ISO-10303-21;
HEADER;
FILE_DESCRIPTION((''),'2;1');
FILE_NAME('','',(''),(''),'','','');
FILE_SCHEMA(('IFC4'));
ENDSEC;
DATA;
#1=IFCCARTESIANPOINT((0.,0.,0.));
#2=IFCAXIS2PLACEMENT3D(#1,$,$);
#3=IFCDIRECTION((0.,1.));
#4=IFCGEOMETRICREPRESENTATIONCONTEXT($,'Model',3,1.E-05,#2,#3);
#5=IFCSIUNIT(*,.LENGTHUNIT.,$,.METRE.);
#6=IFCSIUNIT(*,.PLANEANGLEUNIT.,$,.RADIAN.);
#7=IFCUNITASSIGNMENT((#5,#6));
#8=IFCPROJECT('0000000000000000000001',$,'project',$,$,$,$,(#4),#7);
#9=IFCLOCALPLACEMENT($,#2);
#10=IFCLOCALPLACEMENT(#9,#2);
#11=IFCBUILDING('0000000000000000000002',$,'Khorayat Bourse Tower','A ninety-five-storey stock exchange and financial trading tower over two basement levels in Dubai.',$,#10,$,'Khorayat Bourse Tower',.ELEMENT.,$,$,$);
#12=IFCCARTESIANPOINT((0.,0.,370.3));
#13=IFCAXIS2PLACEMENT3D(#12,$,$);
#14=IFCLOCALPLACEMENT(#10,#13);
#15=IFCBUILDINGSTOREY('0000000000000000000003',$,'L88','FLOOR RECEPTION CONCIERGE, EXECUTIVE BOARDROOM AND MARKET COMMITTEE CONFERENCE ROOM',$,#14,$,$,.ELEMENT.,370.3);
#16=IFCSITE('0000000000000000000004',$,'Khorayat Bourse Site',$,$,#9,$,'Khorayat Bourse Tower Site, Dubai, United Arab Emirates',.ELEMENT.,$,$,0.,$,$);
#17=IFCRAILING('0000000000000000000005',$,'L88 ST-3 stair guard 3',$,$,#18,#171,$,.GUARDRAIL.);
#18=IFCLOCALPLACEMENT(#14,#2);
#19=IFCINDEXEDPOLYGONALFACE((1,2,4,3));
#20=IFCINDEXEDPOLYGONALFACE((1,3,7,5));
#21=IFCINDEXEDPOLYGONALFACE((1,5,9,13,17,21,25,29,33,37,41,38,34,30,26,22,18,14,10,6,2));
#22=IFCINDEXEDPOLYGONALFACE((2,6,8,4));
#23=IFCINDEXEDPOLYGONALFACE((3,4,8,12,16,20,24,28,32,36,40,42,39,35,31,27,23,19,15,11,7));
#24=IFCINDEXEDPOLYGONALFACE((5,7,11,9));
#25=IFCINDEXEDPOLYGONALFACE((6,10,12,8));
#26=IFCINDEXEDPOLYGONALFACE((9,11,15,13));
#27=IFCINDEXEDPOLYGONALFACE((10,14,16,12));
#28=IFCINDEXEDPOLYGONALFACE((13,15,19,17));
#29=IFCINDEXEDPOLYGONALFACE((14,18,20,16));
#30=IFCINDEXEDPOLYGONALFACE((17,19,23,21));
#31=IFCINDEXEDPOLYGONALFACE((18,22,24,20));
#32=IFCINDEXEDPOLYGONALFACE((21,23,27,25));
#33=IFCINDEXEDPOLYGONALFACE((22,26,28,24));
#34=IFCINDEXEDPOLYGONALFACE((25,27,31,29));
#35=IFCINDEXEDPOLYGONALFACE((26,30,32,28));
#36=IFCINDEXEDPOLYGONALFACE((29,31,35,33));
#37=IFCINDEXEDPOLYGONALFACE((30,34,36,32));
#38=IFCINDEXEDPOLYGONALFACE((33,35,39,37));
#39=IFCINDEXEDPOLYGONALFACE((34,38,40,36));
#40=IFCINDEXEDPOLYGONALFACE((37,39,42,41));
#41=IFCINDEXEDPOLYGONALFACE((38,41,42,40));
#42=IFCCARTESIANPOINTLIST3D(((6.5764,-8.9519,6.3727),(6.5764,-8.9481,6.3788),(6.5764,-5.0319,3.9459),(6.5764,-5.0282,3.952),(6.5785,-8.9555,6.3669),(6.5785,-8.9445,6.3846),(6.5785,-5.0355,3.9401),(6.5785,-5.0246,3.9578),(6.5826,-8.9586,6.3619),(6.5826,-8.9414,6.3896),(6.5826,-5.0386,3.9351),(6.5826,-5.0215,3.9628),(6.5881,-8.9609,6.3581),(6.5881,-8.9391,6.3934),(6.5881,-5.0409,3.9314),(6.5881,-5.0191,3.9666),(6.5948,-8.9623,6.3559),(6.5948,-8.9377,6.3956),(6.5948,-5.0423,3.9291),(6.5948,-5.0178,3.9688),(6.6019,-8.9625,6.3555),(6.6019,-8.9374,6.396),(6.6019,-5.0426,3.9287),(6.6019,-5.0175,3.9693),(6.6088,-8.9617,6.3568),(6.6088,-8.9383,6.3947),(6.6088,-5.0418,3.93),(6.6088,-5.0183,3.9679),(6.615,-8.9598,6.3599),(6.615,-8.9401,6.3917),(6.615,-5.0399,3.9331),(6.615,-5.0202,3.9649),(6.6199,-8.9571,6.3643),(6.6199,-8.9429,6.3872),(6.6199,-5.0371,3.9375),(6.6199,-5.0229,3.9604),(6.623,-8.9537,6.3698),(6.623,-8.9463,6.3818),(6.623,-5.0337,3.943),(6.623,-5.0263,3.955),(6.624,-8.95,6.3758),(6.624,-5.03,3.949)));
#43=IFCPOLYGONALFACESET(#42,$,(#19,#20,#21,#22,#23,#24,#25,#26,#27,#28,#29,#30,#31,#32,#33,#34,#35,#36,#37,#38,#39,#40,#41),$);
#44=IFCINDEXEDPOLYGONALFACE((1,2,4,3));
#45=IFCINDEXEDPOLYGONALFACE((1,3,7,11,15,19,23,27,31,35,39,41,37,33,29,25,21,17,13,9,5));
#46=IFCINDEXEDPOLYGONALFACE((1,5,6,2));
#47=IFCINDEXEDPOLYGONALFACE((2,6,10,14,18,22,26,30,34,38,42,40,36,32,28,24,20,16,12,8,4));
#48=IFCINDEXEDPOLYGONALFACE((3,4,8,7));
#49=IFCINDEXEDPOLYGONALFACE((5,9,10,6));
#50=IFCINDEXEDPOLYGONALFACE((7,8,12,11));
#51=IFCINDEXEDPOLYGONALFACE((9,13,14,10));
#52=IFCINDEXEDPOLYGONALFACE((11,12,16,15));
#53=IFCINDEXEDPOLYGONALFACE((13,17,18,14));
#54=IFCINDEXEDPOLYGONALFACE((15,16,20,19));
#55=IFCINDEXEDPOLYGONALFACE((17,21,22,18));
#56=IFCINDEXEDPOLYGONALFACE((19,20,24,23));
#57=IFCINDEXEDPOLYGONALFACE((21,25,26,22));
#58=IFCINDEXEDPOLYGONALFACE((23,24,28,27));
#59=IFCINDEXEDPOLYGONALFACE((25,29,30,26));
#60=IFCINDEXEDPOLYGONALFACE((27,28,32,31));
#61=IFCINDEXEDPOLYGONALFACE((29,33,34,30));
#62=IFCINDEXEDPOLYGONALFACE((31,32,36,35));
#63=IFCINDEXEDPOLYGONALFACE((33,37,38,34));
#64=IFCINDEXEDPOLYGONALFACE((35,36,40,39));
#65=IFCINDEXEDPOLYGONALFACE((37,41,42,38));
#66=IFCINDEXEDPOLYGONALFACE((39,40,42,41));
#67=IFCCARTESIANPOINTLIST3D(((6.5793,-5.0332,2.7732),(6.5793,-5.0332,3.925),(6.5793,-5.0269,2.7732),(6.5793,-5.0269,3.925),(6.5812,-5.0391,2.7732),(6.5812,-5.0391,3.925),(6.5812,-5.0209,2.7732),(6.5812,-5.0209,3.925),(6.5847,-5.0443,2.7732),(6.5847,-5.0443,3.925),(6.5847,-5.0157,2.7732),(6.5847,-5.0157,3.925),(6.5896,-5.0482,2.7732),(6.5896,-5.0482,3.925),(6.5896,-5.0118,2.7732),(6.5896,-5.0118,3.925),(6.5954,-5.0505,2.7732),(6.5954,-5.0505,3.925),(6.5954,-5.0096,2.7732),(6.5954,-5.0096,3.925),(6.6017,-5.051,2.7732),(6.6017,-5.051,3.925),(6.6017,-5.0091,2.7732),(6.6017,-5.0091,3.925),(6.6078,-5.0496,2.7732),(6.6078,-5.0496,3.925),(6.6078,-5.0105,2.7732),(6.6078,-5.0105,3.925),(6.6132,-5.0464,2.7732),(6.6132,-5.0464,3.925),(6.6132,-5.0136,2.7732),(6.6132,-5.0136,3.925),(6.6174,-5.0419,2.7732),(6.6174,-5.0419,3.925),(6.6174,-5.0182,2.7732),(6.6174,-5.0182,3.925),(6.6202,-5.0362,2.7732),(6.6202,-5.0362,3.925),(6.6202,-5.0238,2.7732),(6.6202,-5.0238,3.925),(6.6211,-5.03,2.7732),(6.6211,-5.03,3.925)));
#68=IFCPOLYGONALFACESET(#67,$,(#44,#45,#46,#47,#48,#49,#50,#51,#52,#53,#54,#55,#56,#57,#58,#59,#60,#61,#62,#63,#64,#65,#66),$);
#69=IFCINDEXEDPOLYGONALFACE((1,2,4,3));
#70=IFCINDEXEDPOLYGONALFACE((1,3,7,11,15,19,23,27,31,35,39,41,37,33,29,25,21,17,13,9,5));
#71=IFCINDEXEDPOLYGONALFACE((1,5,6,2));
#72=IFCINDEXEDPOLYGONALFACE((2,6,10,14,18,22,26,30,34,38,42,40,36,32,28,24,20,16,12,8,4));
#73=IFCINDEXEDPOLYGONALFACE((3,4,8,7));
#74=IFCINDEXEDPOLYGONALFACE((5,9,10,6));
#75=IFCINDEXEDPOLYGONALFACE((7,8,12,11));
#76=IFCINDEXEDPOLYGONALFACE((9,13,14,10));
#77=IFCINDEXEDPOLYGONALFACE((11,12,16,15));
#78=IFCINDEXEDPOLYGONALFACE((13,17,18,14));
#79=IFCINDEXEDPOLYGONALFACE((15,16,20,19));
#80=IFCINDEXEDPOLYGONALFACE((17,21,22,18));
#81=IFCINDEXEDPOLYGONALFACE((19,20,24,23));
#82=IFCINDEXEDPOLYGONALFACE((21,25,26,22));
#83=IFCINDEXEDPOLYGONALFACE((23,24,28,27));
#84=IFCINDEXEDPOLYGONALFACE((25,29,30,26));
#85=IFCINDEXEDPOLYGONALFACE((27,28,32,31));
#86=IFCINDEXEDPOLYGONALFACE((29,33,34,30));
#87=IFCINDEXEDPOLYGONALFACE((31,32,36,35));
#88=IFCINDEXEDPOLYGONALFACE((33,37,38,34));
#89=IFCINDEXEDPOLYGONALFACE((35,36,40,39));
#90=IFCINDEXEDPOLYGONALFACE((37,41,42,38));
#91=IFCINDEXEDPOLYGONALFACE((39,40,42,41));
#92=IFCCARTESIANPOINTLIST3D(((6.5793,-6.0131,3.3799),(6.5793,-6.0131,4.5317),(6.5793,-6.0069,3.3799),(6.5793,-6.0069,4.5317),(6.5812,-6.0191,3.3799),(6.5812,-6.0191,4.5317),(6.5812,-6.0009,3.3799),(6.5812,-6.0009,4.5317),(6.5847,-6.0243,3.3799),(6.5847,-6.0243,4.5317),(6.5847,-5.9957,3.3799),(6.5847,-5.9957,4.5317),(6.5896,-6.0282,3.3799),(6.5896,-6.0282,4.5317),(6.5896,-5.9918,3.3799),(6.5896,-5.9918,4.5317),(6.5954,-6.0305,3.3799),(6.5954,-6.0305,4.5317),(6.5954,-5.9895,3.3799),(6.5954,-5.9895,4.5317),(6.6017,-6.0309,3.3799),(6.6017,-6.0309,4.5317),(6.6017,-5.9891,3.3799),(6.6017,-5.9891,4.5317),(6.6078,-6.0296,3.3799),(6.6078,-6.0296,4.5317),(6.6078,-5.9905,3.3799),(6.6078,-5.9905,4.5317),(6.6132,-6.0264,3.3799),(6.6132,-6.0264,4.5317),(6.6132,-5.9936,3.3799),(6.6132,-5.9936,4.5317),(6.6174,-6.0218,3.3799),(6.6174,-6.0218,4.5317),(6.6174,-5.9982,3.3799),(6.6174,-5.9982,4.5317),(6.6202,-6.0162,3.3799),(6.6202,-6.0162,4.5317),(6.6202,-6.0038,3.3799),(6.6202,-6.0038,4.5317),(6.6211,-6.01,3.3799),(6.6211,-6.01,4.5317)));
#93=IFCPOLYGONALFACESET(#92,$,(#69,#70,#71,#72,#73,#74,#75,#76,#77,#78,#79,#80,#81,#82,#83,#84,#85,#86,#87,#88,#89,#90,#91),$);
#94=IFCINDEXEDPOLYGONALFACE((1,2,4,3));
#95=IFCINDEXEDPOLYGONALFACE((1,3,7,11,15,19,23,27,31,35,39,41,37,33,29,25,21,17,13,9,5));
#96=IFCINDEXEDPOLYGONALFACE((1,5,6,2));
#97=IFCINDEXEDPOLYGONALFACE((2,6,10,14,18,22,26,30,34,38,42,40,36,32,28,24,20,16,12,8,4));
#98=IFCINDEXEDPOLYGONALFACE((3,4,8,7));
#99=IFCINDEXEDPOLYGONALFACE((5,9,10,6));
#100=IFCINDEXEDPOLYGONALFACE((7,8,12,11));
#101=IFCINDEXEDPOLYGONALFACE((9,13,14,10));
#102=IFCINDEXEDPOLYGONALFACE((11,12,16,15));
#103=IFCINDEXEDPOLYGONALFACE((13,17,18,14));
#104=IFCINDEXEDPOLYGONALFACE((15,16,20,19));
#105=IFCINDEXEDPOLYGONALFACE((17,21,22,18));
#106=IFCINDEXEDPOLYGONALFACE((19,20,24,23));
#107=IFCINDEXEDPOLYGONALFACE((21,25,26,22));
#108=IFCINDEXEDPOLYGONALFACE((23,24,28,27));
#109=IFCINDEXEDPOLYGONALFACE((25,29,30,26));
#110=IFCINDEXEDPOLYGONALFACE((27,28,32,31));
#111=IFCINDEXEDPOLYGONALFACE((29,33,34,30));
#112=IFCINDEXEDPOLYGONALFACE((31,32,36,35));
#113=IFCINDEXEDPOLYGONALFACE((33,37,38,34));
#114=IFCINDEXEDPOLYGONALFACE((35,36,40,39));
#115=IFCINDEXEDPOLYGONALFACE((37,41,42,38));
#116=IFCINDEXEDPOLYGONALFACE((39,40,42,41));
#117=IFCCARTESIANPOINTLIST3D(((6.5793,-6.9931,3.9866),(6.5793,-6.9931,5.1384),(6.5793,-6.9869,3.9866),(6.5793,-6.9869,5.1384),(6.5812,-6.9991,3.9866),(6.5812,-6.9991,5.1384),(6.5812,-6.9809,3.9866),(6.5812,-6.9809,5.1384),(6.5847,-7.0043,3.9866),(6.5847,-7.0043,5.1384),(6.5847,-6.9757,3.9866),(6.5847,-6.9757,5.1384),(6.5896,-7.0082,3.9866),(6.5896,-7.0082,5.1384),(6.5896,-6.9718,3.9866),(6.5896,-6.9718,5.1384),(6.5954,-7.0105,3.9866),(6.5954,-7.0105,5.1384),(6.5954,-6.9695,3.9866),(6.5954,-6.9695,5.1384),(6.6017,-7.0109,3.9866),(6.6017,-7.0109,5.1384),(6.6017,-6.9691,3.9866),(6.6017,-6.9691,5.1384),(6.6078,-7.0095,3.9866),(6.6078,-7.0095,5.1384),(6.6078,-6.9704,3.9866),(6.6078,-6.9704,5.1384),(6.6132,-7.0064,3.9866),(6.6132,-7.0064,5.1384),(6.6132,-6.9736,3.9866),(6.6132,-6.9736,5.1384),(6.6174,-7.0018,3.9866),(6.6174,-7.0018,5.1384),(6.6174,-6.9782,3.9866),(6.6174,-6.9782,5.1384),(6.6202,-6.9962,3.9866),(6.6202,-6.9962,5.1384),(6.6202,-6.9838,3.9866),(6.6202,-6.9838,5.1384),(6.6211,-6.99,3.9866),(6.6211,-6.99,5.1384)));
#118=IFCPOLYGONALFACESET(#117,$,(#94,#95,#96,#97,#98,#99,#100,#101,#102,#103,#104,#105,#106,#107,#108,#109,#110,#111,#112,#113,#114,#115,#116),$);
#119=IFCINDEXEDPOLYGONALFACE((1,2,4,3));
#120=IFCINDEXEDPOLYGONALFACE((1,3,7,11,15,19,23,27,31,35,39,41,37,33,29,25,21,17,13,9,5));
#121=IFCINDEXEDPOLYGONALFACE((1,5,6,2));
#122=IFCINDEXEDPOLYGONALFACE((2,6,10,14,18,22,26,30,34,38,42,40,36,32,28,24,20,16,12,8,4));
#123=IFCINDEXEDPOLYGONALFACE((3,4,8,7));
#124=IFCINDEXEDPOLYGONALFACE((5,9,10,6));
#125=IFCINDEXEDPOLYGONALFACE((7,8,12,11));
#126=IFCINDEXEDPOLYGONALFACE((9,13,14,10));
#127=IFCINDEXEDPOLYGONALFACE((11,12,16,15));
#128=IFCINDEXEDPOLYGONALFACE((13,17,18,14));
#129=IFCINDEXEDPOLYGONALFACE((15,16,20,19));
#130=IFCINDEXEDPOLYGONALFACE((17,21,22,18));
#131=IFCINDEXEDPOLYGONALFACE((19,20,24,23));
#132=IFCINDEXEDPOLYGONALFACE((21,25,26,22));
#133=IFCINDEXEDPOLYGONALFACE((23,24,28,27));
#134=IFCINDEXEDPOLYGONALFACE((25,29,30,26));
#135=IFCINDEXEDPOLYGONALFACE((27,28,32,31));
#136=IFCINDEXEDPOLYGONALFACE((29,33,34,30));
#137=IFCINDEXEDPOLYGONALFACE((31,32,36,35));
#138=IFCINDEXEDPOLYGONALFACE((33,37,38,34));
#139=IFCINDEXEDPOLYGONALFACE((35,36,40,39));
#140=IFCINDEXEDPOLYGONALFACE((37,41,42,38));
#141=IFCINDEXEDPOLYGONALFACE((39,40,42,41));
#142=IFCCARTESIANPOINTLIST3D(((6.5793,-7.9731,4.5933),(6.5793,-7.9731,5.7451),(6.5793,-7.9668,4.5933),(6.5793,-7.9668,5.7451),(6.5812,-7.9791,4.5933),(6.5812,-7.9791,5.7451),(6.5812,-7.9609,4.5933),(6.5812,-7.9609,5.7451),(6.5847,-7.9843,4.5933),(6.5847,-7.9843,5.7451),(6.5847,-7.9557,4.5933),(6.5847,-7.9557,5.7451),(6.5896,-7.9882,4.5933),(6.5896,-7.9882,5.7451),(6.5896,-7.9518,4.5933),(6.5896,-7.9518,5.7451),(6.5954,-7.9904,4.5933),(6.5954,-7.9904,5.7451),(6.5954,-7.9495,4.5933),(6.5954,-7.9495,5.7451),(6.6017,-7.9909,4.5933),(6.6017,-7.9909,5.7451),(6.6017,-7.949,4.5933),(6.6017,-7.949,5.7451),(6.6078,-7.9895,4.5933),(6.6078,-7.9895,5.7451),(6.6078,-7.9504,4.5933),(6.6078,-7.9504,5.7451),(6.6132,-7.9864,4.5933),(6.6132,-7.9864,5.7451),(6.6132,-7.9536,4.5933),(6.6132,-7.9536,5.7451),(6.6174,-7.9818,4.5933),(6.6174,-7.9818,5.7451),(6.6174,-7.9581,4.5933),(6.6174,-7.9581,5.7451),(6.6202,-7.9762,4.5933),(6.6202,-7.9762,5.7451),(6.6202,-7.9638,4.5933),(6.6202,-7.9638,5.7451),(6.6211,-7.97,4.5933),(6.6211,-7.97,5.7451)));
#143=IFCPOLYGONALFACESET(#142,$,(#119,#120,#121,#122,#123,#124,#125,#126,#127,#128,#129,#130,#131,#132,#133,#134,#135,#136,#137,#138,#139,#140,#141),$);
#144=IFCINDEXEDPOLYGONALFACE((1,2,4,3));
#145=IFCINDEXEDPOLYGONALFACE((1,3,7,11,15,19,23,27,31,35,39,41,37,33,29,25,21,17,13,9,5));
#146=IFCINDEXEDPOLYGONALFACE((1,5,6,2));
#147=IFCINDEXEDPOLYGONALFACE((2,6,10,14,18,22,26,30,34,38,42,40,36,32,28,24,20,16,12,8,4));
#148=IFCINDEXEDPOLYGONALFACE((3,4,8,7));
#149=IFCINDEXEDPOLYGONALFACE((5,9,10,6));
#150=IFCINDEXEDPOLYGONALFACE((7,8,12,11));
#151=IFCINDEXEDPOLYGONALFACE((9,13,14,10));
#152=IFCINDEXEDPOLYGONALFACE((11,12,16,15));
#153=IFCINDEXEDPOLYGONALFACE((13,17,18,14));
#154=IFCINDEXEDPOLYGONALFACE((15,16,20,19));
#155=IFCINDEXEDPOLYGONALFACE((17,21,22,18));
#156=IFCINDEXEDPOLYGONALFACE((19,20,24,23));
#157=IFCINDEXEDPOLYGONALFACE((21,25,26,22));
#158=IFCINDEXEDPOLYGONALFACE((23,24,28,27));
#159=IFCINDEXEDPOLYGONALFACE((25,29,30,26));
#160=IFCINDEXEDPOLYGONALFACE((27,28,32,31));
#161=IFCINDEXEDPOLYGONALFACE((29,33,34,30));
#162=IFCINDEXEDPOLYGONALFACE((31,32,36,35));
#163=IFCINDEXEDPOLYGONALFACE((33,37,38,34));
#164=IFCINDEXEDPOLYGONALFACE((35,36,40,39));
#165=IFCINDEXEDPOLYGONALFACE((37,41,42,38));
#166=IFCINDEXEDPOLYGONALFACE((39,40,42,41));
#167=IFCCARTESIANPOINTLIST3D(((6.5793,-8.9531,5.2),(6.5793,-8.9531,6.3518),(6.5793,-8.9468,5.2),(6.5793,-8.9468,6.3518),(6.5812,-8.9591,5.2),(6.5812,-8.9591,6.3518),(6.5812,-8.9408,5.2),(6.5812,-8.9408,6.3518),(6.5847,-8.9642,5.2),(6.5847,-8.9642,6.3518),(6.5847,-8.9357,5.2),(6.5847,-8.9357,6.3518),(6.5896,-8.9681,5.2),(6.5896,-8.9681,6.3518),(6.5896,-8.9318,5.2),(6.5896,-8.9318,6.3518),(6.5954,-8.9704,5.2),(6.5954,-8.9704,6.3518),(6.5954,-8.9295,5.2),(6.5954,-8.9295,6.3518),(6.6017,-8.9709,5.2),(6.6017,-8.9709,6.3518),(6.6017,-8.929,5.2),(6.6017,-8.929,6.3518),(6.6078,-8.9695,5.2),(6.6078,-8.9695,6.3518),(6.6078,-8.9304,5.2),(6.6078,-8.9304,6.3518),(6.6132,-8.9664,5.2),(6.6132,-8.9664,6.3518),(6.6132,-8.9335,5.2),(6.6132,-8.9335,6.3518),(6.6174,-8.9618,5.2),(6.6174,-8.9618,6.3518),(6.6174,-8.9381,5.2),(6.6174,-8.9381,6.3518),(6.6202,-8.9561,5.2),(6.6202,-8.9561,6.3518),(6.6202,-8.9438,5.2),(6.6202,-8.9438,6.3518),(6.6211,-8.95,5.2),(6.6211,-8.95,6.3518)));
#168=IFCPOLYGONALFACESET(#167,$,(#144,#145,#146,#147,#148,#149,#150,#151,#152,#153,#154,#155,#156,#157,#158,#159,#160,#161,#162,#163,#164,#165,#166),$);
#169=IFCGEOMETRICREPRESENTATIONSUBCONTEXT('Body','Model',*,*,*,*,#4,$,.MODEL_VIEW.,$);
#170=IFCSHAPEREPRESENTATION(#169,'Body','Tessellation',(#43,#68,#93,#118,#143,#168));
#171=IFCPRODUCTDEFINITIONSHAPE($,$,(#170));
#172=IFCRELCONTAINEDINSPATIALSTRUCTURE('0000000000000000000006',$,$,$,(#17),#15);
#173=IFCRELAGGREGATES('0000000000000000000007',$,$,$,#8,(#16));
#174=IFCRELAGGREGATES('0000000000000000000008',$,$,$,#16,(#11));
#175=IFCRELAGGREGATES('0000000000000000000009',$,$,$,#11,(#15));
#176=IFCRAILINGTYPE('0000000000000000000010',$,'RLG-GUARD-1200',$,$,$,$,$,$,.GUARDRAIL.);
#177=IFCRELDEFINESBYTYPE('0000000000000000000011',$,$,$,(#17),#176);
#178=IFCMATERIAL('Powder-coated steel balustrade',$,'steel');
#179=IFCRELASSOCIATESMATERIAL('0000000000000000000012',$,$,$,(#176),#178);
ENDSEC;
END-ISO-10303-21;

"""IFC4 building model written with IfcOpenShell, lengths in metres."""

from ifc_helpers import new_model, si_unit, direction, frame, origin, origin_2d, place, context, subcontext, project, spatial, circle, extrude, source, transform, mapped, material, type_object, element, save


model = new_model("IFC4")

# Units and contexts
model_context = context("Model", 3, precision=1e-05, world=origin(), true_north=direction((0.0, 1.0)))
body_context = subcontext(model_context, "Body", "Model", "MODEL_VIEW")
ifc_project = project(units=[si_unit("LENGTHUNIT", "METRE"), si_unit("PLANEANGLEUNIT", "RADIAN")], contexts=[model_context])

# Site, building, storey
site_placement = place(None, origin())
site = spatial("IfcSite", under=ifc_project, at=site_placement, Name="Khorayat Bourse Site", LongName="Khorayat Bourse Tower Site, Dubai, United Arab Emirates", CompositionType="ELEMENT", RefElevation=0.0)
building_placement = place(site_placement, origin())
building = spatial("IfcBuilding", under=site, at=building_placement, Name="Khorayat Bourse Tower", Description="A ninety-five-storey stock exchange and financial trading tower over two basement levels in Dubai.", LongName="Khorayat Bourse Tower", CompositionType="ELEMENT")
storey_placement = place(building_placement, frame((0.0, 0.0, 370.3)))
storey = spatial("IfcBuildingStorey", under=building, at=storey_placement, Name="L88", Description="FLOOR RECEPTION CONCIERGE, EXECUTIVE BOARDROOM AND MARKET COMMITTEE CONFERENCE ROOM", CompositionType="ELEMENT", Elevation=370.3)

# Railing
ifc_material_1 = material(Name="Powder-coated steel balustrade", Category="steel")
railing_type_1 = type_object("IfcRailingType", Name="RLG-GUARD-1200", PredefinedType="GUARDRAIL", material=ifc_material_1)
shared_shape_1 = source(origin(), body_context, "Body", "SweptSolid", [
    extrude(circle(Radius=0.0239, at=origin_2d()), frame((0.0, 0.0, 1.1758), z_axis=(0.0, -0.850252, 0.526376), x_axis=(1.0, 0.0, 0.0)), (0.0, 0.0, 1.0), 4.6104),
    extrude(circle(Radius=0.021, at=origin_2d()), origin(), (0.0, 0.0, 1.0), 1.1519),
    extrude(circle(Radius=0.021, at=origin_2d()), frame((0.0, -0.98, 0.6067)), (0.0, 0.0, 1.0), 1.1519),
    extrude(circle(Radius=0.021, at=origin_2d()), frame((0.0, -1.96, 1.2134)), (0.0, 0.0, 1.0), 1.1519),
    extrude(circle(Radius=0.021, at=origin_2d()), frame((0.0, -2.9399, 1.8201)), (0.0, 0.0, 1.0), 1.1519),
    extrude(circle(Radius=0.021, at=origin_2d()), frame((0.0, -3.9199, 2.4268)), (0.0, 0.0, 1.0), 1.1519),
])
railing_1_placement = place(storey_placement, frame((6.6001, -5.03, 2.7732)))
element("IfcRailing", 1, at=railing_1_placement, inside=storey, type_object=railing_type_1, Name="L88 ST-3 stair guard 3", PredefinedType="GUARDRAIL", context=body_context, shape_type="MappedRepresentation", body=[
    mapped(shared_shape_1, transform((0.0, 0.0, 0.0), scale=1.0)),
])

save(model, "model.ifc")
